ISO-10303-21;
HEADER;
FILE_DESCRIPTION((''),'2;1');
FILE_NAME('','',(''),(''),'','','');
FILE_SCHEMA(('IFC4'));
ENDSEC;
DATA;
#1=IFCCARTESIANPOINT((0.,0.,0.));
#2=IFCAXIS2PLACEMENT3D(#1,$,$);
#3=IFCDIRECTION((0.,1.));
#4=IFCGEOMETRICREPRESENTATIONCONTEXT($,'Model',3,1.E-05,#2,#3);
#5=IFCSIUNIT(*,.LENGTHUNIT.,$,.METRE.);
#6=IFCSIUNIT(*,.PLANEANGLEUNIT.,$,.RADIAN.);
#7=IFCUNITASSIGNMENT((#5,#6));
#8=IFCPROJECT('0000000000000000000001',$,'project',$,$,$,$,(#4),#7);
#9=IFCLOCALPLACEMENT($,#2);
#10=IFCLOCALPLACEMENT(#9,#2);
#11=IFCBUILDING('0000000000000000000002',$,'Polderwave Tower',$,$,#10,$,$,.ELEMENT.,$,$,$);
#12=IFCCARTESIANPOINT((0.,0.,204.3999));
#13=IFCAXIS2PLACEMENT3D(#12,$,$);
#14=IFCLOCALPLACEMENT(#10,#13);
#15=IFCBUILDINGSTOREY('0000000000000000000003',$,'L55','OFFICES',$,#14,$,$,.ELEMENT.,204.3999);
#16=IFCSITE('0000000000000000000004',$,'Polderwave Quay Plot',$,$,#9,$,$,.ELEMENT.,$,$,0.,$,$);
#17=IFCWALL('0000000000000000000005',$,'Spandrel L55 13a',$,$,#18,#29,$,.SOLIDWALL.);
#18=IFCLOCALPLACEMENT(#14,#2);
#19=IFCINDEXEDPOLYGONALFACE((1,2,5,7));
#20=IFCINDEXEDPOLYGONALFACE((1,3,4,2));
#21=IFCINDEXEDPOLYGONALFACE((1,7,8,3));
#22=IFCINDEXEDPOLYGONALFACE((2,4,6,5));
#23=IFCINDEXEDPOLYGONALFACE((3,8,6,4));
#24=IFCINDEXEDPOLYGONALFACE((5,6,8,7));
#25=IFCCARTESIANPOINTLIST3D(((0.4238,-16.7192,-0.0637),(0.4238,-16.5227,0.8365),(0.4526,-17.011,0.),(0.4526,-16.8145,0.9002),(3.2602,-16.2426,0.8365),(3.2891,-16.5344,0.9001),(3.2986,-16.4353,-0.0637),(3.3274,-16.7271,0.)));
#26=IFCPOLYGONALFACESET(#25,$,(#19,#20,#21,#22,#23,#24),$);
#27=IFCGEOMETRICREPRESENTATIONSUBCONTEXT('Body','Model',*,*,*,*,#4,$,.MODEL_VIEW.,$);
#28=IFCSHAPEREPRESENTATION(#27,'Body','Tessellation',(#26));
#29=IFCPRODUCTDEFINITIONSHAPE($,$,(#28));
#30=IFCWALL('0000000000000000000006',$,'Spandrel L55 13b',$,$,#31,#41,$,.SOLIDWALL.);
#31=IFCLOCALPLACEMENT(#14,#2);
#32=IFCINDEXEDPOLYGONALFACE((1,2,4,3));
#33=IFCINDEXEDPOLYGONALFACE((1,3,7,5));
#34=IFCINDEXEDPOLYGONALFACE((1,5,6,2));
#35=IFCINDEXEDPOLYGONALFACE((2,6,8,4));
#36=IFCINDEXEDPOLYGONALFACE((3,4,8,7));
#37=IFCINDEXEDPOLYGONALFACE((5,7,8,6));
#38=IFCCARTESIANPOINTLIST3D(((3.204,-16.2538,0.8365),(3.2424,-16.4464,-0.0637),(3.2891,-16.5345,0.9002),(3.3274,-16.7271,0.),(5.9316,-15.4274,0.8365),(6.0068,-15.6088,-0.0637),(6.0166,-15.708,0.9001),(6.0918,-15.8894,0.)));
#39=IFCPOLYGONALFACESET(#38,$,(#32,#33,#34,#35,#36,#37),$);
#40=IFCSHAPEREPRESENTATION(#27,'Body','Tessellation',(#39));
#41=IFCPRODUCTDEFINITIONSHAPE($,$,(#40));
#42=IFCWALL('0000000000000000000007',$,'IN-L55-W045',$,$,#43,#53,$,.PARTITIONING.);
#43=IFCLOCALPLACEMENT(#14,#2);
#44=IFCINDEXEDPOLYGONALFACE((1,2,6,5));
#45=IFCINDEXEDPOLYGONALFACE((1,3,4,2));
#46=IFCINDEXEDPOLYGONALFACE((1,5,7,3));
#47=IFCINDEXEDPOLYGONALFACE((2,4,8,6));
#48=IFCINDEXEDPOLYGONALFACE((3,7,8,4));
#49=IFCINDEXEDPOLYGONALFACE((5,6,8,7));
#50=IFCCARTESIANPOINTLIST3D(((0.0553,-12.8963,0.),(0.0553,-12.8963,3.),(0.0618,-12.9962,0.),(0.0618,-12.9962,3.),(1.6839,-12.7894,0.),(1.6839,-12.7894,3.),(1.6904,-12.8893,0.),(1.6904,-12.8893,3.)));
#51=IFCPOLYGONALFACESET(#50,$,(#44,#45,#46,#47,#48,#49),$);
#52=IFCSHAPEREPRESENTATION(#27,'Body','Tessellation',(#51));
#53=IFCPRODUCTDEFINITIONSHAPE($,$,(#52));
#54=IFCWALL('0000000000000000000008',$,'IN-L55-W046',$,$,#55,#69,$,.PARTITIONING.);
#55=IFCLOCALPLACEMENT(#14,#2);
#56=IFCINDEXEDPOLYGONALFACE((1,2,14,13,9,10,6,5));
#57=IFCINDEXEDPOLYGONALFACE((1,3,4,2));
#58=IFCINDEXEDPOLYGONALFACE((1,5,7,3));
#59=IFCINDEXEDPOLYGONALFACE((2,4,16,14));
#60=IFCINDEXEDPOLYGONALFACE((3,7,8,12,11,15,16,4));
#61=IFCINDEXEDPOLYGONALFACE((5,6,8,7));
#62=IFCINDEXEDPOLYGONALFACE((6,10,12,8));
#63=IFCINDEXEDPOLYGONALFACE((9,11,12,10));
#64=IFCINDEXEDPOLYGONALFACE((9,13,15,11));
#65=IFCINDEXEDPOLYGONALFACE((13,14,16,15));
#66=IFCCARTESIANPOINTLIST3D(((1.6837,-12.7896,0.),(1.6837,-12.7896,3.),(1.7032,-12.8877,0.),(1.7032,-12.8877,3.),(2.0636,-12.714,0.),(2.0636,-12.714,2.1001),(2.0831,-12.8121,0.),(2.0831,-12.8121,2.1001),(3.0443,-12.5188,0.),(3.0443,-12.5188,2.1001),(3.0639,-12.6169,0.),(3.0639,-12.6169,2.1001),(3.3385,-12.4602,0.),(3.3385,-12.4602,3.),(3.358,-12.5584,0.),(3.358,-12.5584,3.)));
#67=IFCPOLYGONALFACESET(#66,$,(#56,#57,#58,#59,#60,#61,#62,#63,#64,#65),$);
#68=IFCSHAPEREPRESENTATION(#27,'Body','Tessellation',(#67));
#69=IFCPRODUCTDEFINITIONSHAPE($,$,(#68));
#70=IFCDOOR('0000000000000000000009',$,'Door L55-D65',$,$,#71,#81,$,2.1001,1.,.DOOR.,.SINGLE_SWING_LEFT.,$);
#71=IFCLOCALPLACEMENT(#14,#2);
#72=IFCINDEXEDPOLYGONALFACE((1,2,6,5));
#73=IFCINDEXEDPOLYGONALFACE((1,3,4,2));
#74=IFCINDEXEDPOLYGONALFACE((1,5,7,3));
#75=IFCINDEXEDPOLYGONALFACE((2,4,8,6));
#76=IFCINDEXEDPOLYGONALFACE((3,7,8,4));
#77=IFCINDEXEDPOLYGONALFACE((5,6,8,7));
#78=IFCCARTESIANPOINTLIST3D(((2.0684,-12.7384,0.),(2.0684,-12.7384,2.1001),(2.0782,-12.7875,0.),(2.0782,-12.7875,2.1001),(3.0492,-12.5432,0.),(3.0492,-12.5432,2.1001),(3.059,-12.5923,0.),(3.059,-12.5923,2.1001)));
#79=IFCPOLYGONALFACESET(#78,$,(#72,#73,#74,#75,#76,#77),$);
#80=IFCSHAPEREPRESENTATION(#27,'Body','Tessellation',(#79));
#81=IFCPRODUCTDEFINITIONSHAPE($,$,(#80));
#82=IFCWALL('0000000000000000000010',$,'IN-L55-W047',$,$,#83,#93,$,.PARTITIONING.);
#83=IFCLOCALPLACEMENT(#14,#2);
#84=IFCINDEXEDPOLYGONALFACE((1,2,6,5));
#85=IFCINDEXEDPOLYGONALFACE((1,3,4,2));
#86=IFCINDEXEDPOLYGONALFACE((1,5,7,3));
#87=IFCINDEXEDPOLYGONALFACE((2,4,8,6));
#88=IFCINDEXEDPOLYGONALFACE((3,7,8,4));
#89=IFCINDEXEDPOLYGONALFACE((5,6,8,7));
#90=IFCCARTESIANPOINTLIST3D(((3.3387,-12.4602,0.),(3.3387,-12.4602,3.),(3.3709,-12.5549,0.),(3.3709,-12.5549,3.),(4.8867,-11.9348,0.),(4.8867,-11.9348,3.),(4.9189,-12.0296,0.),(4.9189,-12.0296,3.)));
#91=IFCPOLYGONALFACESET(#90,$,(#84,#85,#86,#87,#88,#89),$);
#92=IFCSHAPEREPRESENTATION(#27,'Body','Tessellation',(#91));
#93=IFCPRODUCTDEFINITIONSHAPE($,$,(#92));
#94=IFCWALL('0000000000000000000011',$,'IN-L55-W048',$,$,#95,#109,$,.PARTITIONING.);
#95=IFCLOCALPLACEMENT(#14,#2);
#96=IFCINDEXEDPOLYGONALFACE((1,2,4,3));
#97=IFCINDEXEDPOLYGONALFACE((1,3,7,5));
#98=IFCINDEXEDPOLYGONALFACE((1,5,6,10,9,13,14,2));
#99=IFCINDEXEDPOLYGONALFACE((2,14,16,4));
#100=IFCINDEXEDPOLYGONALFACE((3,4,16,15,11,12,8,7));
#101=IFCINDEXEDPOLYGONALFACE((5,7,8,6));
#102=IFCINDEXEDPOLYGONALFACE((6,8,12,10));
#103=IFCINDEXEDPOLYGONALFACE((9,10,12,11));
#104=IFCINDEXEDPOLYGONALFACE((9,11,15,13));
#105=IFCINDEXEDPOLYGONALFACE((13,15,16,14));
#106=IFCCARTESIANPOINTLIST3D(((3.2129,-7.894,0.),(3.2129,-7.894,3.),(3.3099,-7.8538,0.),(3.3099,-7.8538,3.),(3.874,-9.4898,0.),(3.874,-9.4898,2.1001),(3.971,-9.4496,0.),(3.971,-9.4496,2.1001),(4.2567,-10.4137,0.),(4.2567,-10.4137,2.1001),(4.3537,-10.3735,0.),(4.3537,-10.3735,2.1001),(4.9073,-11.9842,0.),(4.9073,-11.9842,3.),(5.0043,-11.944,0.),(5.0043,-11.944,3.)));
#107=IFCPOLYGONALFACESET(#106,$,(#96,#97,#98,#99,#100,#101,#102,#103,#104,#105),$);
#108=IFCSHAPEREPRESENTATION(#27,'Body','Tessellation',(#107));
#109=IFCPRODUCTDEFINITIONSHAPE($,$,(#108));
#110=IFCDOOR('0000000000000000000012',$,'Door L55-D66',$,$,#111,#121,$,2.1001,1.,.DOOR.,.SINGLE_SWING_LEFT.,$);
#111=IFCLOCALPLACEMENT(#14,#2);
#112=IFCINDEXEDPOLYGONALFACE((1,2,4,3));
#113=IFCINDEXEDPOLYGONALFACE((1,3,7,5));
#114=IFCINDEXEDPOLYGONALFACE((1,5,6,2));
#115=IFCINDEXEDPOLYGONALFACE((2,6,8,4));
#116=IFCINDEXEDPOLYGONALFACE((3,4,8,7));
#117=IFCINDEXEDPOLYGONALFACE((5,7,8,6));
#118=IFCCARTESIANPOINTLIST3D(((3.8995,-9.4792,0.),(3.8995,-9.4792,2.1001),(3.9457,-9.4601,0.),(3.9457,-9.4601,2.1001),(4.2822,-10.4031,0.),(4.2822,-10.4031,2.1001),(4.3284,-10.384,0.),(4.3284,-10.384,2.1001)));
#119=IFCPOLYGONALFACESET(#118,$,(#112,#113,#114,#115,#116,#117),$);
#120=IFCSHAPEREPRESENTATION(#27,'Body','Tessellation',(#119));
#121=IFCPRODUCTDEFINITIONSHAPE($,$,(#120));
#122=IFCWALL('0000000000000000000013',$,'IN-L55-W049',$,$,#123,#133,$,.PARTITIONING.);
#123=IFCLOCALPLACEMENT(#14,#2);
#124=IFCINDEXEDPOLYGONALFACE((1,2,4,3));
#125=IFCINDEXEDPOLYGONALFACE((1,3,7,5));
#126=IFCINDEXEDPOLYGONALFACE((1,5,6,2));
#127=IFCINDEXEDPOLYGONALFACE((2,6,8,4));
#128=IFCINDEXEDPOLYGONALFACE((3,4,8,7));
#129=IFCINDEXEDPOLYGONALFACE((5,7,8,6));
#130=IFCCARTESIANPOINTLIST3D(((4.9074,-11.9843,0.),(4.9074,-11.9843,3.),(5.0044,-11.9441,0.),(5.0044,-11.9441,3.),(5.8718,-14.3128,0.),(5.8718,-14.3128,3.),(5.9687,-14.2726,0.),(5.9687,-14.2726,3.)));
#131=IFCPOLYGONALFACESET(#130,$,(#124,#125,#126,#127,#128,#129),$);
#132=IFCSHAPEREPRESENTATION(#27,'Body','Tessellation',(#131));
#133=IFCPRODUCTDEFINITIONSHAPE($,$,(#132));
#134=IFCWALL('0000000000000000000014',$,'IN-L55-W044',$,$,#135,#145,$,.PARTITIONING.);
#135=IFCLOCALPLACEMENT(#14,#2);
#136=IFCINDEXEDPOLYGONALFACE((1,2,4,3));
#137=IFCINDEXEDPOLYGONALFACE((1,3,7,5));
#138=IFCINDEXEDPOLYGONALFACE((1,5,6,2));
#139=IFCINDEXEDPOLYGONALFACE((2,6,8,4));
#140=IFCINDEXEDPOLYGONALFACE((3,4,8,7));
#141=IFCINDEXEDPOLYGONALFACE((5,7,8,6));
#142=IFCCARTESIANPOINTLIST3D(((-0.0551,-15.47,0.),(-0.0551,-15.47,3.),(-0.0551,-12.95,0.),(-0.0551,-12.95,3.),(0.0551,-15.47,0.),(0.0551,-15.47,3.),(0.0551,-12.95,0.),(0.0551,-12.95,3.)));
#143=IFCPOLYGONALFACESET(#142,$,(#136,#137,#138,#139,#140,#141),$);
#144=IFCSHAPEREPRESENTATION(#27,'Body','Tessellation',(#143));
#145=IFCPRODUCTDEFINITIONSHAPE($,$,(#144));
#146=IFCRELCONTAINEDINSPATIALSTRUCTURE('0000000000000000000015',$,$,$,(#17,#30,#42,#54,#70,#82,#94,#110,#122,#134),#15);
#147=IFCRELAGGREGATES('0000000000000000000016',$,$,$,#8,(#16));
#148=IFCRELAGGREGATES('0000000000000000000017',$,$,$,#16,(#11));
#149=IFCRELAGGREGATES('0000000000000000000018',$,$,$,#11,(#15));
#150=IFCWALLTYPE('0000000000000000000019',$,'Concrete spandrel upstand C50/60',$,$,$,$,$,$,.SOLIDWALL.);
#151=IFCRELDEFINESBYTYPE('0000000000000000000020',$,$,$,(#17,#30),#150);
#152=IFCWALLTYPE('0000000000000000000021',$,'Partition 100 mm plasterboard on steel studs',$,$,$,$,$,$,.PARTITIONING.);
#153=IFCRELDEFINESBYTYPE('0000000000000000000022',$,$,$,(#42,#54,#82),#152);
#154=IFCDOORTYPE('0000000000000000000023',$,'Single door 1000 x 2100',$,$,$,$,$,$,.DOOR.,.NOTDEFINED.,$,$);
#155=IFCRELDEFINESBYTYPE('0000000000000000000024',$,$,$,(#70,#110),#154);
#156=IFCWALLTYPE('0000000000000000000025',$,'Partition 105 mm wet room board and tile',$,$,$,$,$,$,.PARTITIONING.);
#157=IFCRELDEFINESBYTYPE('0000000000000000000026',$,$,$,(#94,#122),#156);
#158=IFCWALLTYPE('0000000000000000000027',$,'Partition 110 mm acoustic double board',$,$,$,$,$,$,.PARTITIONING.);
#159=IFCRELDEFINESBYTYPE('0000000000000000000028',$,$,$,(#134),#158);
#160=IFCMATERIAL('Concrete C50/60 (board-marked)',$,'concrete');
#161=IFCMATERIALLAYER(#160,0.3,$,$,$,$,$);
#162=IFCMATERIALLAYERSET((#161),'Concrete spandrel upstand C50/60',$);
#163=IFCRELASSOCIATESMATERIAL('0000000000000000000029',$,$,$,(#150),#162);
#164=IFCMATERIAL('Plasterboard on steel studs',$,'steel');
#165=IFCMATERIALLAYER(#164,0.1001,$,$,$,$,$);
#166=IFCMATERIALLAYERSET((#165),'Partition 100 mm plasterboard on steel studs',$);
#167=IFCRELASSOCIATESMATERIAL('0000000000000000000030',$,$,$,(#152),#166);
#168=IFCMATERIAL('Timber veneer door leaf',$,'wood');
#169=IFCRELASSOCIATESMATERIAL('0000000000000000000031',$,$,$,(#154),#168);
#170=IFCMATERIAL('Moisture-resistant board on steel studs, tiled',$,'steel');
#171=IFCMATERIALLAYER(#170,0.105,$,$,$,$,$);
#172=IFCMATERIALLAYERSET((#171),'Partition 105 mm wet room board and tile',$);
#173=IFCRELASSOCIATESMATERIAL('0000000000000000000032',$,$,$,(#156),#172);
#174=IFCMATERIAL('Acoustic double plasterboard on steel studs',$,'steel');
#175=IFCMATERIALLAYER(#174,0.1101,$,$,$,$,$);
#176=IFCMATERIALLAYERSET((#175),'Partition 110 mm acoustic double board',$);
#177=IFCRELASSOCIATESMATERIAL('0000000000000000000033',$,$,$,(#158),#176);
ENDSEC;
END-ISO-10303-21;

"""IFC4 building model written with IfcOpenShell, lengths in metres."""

from ifc_helpers import new_model, si_unit, direction, frame, frame_2d, origin, place, context, subcontext, project, spatial, polyline, rectangle, outline, extrude, material, layer, layer_set, type_object, element, fill, save


model = new_model("IFC4")

# Units and contexts
model_context = context("Model", 3, precision=1e-05, world=origin(), true_north=direction((0.0, 1.0)))
body_context = subcontext(model_context, "Body", "Model", "MODEL_VIEW")
ifc_project = project(units=[si_unit("LENGTHUNIT", "METRE"), si_unit("PLANEANGLEUNIT", "RADIAN")], contexts=[model_context])

# Site, building, storey
site_placement = place(None, origin())
site = spatial("IfcSite", under=ifc_project, at=site_placement, Name="Polderwave Quay Plot", CompositionType="ELEMENT", RefElevation=0.0)
building_placement = place(site_placement, origin())
building = spatial("IfcBuilding", under=site, at=building_placement, Name="Polderwave Tower", CompositionType="ELEMENT")
storey_placement = place(building_placement, frame((0.0, 0.0, 204.3999)))
storey = spatial("IfcBuildingStorey", under=building, at=storey_placement, Name="L55", Description="OFFICES", CompositionType="ELEMENT", Elevation=204.3999)

# Walls
ifc_material_1 = material(Name="Concrete C50/60 (board-marked)", Category="concrete")
ifc_layer_1 = layer(ifc_material_1, 0.3)
ifc_layer_set_1 = layer_set([ifc_layer_1], Name="Concrete spandrel upstand C50/60")
wall_type_1 = type_object("IfcWallType", Name="Concrete spandrel upstand C50/60", PredefinedType="SOLIDWALL", material=ifc_layer_set_1)
wall_1_placement = place(storey_placement, frame((0.4526, -17.011, 0.0), z_axis=(0.09603, -0.972483, 0.212261), x_axis=(0.99516, 0.09827, 0.000004)))
element("IfcWall", 1, at=wall_1_placement, inside=storey, type_object=wall_type_1, Name="Spandrel L55 13a", PredefinedType="SOLIDWALL", context=body_context, shape_type="SweptSolid", body=[
    extrude(outline(polyline([(0.0, 0.0), (2.8887, 0.0), (2.8695, 0.9211), (0.0193, 0.9211), (0.0, 0.0)])), origin(), (0.0, 0.0, -1.0), 0.3),
])
wall_2_placement = place(storey_placement, frame((3.3274, -16.7271, 0.0), z_axis=(0.283379, -0.935243, 0.212173), x_axis=(0.957032, 0.289982, 0.000002)))
element("IfcWall", 2, at=wall_2_placement, inside=storey, type_object=wall_type_1, Name="Spandrel L55 13b", PredefinedType="SOLIDWALL", context=body_context, shape_type="SweptSolid", body=[
    extrude(outline(polyline([(0.0, 0.0), (2.8885, 0.0), (2.8692, 0.9211), (0.0192, 0.9211), (0.0, 0.0)])), origin(), (0.0, 0.0, -1.0), 0.3),
])
ifc_material_2 = material(Name="Plasterboard on steel studs", Category="steel")
ifc_layer_2 = layer(ifc_material_2, 0.1001)
ifc_layer_set_2 = layer_set([ifc_layer_2], Name="Partition 100 mm plasterboard on steel studs")
wall_type_2 = type_object("IfcWallType", Name="Partition 100 mm plasterboard on steel studs", PredefinedType="PARTITIONING", material=ifc_layer_set_2)
wall_3_placement = place(storey_placement, frame((1.687, -12.8394, 0.0), z_axis=(0.0, 0.0, 1.0), x_axis=(-0.997852, -0.065516, 0.0)))
element("IfcWall", 3, at=wall_3_placement, inside=storey, type_object=wall_type_2, Name="IN-L55-W045", PredefinedType="PARTITIONING", context=body_context, shape_type="SweptSolid", body=[
    extrude(rectangle(XDim=1.6321, YDim=0.1001, at=frame_2d((0.8159, 0.0))), origin(), (0.0, 0.0, 1.0), 3.0),
])

# Wall, opening, door
wall_4_placement = place(storey_placement, frame((3.3484, -12.5093, 0.0), z_axis=(0.0, 0.0, 1.0), x_axis=(-0.980764, -0.195198, 0.0)))
wall_4 = element("IfcWall", 4, at=wall_4_placement, inside=storey, type_object=wall_type_2, Name="IN-L55-W046", PredefinedType="PARTITIONING", context=body_context, shape_type="SweptSolid", body=[
    extrude(rectangle(XDim=1.6873, YDim=0.1001, at=frame_2d((0.8438, 0.0))), origin(), (0.0, 0.0, 1.0), 3.0),
])
opening_1_placement = place(wall_4_placement, frame((0.3, 0.0, 0.0)))
opening_1 = element("IfcOpeningElement", 5, at=opening_1_placement, cuts=wall_4, PredefinedType="OPENING", context=body_context, shape_type="SweptSolid", body=[
    extrude(rectangle(XDim=1.0, YDim=2.1001, at=frame_2d((0.5, 1.05))), frame((0.0, 0.0601, 0.0), z_axis=(0.0, -1.0, 0.0), x_axis=(1.0, 0.0, 0.0)), (0.0, 0.0, 1.0), 0.1201),
])
ifc_material_3 = material(Name="Timber veneer door leaf", Category="wood")
door_type = type_object("IfcDoorType", Name="Single door 1000 x 2100", OperationType="NOTDEFINED", PredefinedType="DOOR", material=ifc_material_3)
door_1_placement = place(opening_1_placement, origin())
door_1 = element("IfcDoor", 6, at=door_1_placement, inside=storey, type_object=door_type, Name="Door L55-D65", OperationType="SINGLE_SWING_LEFT", OverallHeight=2.1001, OverallWidth=1.0, PredefinedType="DOOR", context=body_context, shape_type="SweptSolid", body=[
    extrude(rectangle(XDim=1.0, YDim=2.1001, at=frame_2d((0.5, 1.05))), frame((0.0, 0.0249, 0.0), z_axis=(0.0, -1.0, 0.0), x_axis=(1.0, 0.0, 0.0)), (0.0, 0.0, 1.0), 0.05),
])
fill(opening_1, door_1)

# Wall
wall_5_placement = place(storey_placement, frame((4.9028, -11.9822, 0.0), z_axis=(0.0, 0.0, 1.0), x_axis=(-0.946952, -0.321375, 0.0)))
element("IfcWall", 7, at=wall_5_placement, inside=storey, type_object=wall_type_2, Name="IN-L55-W047", PredefinedType="PARTITIONING", context=body_context, shape_type="SweptSolid", body=[
    extrude(rectangle(XDim=1.6348, YDim=0.1001, at=frame_2d((0.8174, 0.0))), origin(), (0.0, 0.0, 1.0), 3.0),
])

# Wall, opening, door
ifc_material_4 = material(Name="Moisture-resistant board on steel studs, tiled", Category="steel")
ifc_layer_3 = layer(ifc_material_4, 0.105)
ifc_layer_set_3 = layer_set([ifc_layer_3], Name="Partition 105 mm wet room board and tile")
wall_type_3 = type_object("IfcWallType", Name="Partition 105 mm wet room board and tile", PredefinedType="PARTITIONING", material=ifc_layer_set_3)
wall_6_placement = place(storey_placement, frame((4.9558, -11.9641, 0.0), z_axis=(0.0, 0.0, 1.0), x_axis=(-0.382715, 0.923866, 0.0)))
wall_6 = element("IfcWall", 8, at=wall_6_placement, inside=storey, type_object=wall_type_3, Name="IN-L55-W048", PredefinedType="PARTITIONING", context=body_context, shape_type="SweptSolid", body=[
    extrude(rectangle(XDim=4.4272, YDim=0.105, at=frame_2d((2.2136, 0.0))), origin(), (0.0, 0.0, 1.0), 3.0),
])
opening_2_placement = place(wall_6_placement, frame((1.7, 0.0, 0.0)))
opening_2 = element("IfcOpeningElement", 9, at=opening_2_placement, cuts=wall_6, PredefinedType="OPENING", context=body_context, shape_type="SweptSolid", body=[
    extrude(rectangle(XDim=1.0, YDim=2.1001, at=frame_2d((0.5, 1.05))), frame((0.0, 0.0625, 0.0), z_axis=(0.0, -1.0, 0.0), x_axis=(1.0, 0.0, 0.0)), (0.0, 0.0, 1.0), 0.125),
])
door_2_placement = place(opening_2_placement, origin())
door_2 = element("IfcDoor", 10, at=door_2_placement, inside=storey, type_object=door_type, Name="Door L55-D66", OperationType="SINGLE_SWING_LEFT", OverallHeight=2.1001, OverallWidth=1.0, PredefinedType="DOOR", context=body_context, shape_type="SweptSolid", body=[
    extrude(rectangle(XDim=1.0, YDim=2.1001, at=frame_2d((0.5, 1.05))), frame((0.0, 0.0249, 0.0), z_axis=(0.0, -1.0, 0.0), x_axis=(1.0, 0.0, 0.0)), (0.0, 0.0, 1.0), 0.05),
])
fill(opening_2, door_2)

# Walls
wall_7_placement = place(storey_placement, frame((4.9558, -11.9641, 0.0), z_axis=(0.0, 0.0, 1.0), x_axis=(0.382654, -0.923892, 0.0)))
element("IfcWall", 11, at=wall_7_placement, inside=storey, type_object=wall_type_3, Name="IN-L55-W049", PredefinedType="PARTITIONING", context=body_context, shape_type="SweptSolid", body=[
    extrude(rectangle(XDim=2.5203, YDim=0.105, at=frame_2d((1.2603, 0.0))), origin(), (0.0, 0.0, 1.0), 3.0),
])
ifc_material_5 = material(Name="Acoustic double plasterboard on steel studs", Category="steel")
ifc_layer_4 = layer(ifc_material_5, 0.1101)
ifc_layer_set_4 = layer_set([ifc_layer_4], Name="Partition 110 mm acoustic double board")
wall_type_4 = type_object("IfcWallType", Name="Partition 110 mm acoustic double board", PredefinedType="PARTITIONING", material=ifc_layer_set_4)
wall_8_placement = place(storey_placement, frame((0.0, -12.95, 0.0), z_axis=(0.0, 0.0, 1.0), x_axis=(0.0, -1.0, 0.0)))
element("IfcWall", 12, at=wall_8_placement, inside=storey, type_object=wall_type_4, Name="IN-L55-W044", PredefinedType="PARTITIONING", context=body_context, shape_type="SweptSolid", body=[
    extrude(rectangle(XDim=2.52, YDim=0.1101, at=frame_2d((1.26, 0.0))), origin(), (0.0, 0.0, 1.0), 3.0),
])

save(model, "model.ifc")
